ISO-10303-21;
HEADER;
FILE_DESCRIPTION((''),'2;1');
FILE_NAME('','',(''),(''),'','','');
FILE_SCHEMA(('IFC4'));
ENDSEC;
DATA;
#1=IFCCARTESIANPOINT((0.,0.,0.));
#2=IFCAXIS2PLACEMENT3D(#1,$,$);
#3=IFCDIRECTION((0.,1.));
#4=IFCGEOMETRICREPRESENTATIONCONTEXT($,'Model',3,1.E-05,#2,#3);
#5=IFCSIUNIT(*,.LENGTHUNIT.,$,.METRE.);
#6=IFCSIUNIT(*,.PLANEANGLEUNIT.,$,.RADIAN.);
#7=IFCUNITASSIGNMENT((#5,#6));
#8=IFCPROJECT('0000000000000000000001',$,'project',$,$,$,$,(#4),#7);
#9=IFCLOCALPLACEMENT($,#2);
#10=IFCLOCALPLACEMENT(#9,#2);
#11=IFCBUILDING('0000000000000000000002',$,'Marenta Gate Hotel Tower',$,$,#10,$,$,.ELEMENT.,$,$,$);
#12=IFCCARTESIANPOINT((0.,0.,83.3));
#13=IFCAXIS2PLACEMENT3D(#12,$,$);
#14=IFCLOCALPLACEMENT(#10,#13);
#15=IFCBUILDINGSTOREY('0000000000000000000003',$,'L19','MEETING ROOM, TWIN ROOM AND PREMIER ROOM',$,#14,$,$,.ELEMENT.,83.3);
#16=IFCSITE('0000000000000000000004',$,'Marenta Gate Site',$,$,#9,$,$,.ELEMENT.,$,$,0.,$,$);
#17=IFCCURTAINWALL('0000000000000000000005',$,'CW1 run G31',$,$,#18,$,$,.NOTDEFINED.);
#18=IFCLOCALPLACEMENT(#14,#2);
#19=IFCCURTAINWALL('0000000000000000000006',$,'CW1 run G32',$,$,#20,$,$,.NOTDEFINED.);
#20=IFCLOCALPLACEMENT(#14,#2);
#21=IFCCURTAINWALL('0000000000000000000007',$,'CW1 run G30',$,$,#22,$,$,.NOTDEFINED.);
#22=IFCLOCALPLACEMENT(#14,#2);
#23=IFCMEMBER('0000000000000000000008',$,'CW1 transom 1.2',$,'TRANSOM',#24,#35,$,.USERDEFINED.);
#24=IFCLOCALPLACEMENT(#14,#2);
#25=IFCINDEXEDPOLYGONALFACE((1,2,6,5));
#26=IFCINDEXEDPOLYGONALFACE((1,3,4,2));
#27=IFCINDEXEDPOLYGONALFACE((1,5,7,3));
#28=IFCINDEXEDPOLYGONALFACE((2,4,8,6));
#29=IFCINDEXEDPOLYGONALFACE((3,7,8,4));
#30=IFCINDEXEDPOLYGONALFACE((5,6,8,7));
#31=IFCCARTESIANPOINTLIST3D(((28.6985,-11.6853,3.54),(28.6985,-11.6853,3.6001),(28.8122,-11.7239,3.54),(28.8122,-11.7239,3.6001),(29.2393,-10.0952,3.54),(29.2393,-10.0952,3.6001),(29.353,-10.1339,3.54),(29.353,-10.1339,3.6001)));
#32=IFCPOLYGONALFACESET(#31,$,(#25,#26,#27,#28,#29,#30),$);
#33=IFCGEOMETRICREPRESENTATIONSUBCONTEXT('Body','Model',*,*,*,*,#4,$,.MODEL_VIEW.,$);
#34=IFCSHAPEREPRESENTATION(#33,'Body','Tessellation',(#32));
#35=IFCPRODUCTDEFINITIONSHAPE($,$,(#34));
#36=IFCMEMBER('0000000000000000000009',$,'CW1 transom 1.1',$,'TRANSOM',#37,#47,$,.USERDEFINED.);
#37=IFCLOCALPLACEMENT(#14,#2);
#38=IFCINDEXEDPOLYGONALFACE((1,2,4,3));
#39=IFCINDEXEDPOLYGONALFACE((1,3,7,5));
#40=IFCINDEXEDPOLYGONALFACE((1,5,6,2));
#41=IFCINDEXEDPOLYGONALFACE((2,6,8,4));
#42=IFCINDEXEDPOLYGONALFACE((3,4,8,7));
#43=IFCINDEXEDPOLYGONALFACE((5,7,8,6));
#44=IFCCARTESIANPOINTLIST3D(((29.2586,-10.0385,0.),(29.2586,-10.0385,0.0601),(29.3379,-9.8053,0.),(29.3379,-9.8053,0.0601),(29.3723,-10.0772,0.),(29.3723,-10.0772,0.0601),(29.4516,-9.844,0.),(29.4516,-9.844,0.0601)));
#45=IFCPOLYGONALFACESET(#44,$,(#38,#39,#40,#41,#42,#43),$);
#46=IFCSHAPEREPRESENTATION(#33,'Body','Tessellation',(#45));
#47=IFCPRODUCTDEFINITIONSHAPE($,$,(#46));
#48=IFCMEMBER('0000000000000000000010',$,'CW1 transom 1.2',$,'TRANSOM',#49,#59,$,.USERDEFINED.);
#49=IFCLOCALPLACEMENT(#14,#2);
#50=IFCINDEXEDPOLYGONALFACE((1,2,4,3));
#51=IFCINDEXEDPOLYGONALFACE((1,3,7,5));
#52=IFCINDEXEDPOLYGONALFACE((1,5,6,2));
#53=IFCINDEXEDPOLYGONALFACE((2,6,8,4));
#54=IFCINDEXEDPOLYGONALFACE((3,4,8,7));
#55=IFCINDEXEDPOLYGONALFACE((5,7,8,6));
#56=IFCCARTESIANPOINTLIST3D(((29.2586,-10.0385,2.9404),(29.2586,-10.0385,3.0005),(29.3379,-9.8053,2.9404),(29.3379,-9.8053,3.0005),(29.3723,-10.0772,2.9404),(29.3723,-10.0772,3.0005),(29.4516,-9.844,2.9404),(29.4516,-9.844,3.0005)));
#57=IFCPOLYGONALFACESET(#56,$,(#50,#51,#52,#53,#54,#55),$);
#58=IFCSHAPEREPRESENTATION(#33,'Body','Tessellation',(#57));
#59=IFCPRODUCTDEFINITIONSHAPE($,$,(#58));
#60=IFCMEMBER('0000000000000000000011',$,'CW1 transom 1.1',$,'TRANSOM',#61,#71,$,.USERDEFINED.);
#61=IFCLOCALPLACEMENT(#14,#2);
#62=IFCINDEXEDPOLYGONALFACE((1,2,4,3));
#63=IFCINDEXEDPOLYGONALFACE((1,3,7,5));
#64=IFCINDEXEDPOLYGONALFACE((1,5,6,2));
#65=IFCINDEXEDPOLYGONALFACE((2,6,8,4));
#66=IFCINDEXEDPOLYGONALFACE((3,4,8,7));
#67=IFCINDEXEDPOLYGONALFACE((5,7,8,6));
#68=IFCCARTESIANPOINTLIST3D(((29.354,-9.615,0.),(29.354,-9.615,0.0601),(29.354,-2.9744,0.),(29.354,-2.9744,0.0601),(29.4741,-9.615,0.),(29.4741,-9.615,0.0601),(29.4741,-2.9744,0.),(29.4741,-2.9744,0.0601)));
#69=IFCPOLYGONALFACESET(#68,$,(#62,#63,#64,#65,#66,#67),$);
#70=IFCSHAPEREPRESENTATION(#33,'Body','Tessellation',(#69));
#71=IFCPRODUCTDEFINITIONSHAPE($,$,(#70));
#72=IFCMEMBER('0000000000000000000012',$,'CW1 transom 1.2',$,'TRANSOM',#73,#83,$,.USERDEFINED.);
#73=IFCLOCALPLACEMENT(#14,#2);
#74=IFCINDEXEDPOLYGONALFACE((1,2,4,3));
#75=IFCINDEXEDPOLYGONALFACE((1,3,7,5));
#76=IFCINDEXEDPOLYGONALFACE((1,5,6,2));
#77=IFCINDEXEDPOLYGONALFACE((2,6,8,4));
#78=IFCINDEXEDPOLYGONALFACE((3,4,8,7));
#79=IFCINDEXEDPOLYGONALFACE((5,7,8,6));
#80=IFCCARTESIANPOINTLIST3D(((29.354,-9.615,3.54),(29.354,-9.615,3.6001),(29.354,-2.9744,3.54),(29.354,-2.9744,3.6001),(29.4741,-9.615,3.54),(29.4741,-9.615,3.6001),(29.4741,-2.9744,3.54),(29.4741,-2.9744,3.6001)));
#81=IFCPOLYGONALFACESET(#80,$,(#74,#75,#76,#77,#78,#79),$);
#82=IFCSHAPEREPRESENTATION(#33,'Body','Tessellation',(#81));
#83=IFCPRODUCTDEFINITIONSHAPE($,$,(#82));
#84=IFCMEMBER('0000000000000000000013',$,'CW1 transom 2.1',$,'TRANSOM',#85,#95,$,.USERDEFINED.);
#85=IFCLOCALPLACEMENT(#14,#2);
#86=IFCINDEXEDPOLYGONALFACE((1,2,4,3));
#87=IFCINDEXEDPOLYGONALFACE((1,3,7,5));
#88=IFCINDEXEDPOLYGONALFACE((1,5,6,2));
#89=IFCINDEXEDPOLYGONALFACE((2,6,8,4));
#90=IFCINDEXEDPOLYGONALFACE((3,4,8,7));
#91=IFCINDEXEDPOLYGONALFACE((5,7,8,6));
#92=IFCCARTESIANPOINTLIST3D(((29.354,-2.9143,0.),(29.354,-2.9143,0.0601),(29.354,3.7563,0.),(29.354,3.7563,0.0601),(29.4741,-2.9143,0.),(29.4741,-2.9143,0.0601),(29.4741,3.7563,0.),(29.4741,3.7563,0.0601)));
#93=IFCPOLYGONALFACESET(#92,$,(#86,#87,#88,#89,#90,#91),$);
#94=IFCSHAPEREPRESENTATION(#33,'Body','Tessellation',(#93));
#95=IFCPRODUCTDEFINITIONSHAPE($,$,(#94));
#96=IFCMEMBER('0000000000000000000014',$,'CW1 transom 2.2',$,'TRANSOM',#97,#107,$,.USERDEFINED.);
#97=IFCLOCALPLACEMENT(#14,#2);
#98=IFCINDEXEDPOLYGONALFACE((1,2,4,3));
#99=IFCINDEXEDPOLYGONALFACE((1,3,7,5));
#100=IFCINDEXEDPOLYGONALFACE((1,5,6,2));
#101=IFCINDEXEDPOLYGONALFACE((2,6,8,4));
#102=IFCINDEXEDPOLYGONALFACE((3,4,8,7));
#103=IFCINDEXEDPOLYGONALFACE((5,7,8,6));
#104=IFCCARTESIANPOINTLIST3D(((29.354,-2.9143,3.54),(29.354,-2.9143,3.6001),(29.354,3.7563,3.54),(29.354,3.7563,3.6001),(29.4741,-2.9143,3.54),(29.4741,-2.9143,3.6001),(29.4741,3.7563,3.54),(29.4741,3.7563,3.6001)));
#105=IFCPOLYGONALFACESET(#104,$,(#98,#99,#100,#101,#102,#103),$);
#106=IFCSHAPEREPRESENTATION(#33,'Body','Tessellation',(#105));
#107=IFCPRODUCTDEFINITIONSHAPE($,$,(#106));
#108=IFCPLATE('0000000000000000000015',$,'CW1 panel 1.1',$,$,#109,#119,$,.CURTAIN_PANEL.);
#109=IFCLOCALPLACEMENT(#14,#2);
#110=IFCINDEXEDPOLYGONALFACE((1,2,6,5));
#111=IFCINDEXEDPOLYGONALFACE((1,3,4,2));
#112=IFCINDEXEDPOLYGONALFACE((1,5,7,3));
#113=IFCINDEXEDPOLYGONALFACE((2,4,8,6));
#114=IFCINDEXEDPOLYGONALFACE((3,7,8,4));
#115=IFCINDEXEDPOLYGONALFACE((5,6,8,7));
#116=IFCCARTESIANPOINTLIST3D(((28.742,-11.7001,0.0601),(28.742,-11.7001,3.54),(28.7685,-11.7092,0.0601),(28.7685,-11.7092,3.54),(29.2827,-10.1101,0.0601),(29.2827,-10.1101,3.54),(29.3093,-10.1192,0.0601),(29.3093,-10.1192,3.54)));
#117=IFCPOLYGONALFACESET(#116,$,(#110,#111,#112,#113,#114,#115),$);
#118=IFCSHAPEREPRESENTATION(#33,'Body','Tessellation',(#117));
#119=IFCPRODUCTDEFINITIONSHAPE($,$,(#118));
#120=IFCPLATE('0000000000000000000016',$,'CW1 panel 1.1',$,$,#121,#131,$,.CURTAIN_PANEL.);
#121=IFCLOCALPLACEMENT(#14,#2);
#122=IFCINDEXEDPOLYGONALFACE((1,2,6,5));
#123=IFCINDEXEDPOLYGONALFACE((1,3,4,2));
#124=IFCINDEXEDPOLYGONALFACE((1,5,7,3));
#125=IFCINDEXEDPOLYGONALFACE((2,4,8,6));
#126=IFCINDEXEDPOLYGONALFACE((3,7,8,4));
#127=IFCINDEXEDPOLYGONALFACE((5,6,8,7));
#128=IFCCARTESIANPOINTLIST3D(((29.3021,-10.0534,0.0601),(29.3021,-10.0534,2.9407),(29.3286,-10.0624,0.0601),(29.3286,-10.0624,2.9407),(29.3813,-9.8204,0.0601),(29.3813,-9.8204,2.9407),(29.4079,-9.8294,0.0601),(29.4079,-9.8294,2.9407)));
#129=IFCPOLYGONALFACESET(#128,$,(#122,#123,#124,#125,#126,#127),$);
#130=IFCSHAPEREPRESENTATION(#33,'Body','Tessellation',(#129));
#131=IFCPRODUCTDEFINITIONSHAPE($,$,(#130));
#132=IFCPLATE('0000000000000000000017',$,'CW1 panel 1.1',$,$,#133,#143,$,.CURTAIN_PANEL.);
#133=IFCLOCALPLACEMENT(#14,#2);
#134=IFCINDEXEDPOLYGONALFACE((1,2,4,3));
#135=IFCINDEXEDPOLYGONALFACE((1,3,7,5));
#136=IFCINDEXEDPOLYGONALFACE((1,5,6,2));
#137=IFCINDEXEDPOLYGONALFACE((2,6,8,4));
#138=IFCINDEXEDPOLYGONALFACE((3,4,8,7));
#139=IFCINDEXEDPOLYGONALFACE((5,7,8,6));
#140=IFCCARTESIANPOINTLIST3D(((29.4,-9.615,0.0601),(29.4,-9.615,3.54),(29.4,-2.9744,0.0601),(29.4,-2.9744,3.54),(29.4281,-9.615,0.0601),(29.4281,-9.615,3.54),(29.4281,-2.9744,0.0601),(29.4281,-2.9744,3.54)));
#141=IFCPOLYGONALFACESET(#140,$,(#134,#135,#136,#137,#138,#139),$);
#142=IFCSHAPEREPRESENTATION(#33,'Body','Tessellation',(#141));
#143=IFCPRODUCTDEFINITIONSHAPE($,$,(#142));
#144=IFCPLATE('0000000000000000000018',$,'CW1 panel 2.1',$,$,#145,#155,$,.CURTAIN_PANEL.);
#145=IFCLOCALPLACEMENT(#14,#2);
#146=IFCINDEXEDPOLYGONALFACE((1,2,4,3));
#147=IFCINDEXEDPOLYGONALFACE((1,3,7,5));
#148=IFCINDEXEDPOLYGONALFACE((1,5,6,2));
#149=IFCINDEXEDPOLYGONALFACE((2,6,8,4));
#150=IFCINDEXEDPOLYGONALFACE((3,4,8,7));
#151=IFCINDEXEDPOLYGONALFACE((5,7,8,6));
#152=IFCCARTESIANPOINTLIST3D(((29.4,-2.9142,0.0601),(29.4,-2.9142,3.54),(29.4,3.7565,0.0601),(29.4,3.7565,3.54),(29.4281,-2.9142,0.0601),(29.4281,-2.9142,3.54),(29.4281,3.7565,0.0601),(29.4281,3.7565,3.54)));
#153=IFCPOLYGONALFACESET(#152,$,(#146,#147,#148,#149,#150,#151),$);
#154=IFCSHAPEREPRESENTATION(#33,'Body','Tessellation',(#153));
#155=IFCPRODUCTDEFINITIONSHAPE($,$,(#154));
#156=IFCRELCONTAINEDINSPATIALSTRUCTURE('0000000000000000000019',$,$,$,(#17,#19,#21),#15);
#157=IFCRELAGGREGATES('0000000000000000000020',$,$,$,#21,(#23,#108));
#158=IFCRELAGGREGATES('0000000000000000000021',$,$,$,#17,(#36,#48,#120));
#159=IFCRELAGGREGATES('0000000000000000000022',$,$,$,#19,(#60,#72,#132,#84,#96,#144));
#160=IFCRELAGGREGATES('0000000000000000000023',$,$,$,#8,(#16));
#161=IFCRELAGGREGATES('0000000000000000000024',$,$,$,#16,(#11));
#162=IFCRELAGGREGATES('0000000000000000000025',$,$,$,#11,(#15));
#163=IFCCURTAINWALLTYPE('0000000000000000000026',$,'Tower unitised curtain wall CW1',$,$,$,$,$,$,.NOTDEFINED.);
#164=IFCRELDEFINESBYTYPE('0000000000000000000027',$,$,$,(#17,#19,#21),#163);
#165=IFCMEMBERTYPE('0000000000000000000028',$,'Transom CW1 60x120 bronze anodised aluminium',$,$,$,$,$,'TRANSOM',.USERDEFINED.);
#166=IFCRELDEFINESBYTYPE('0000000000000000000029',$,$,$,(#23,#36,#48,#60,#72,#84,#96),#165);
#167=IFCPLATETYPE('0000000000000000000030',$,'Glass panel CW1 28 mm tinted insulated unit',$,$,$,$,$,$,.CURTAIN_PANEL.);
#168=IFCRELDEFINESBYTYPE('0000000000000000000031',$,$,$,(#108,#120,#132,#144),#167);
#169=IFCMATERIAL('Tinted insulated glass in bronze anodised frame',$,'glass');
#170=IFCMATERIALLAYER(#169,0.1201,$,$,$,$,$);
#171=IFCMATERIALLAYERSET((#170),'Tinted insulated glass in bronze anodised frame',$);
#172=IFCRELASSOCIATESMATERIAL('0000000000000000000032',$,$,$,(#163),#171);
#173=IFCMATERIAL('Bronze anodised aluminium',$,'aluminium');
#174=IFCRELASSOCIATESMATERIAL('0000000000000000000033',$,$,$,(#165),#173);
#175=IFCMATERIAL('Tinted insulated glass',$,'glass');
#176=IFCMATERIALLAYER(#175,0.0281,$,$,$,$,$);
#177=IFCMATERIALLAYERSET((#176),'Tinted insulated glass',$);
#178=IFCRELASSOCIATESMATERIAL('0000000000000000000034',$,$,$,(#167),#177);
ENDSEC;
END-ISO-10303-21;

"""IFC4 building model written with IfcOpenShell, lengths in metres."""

from ifc_helpers import new_model, si_unit, direction, frame, origin, origin_2d, place, context, subcontext, project, spatial, rectangle, extrude, material, layer, layer_set, material_profile, profile_set, type_object, element, aggregate, save


model = new_model("IFC4")

# Units and contexts
model_context = context("Model", 3, precision=1e-05, world=origin(), true_north=direction((0.0, 1.0)))
body_context = subcontext(model_context, "Body", "Model", "MODEL_VIEW")
ifc_project = project(units=[si_unit("LENGTHUNIT", "METRE"), si_unit("PLANEANGLEUNIT", "RADIAN")], contexts=[model_context])

# Site, building, storey
site_placement = place(None, origin())
site = spatial("IfcSite", under=ifc_project, at=site_placement, Name="Marenta Gate Site", CompositionType="ELEMENT", RefElevation=0.0)
building_placement = place(site_placement, origin())
building = spatial("IfcBuilding", under=site, at=building_placement, Name="Marenta Gate Hotel Tower", CompositionType="ELEMENT")
storey_placement = place(building_placement, frame((0.0, 0.0, 83.3)))
storey = spatial("IfcBuildingStorey", under=building, at=storey_placement, Name="L19", Description="MEETING ROOM, TWIN ROOM AND PREMIER ROOM", CompositionType="ELEMENT", Elevation=83.3)

# Curtain walls, member
ifc_material_1 = material(Name="Tinted insulated glass in bronze anodised frame", Category="glass")
ifc_layer_1 = layer(ifc_material_1, 0.1201)
ifc_layer_set_1 = layer_set([ifc_layer_1], Name="Tinted insulated glass in bronze anodised frame")
curtain_wall_type = type_object("IfcCurtainWallType", Name="Tower unitised curtain wall CW1", PredefinedType="NOTDEFINED", material=ifc_layer_set_1)
curtain_wall_1_placement = place(storey_placement, origin())
curtain_wall_1 = element("IfcCurtainWall", 1, at=curtain_wall_1_placement, inside=storey, type_object=curtain_wall_type, Name="CW1 run G31", PredefinedType="NOTDEFINED")
curtain_wall_2_placement = place(storey_placement, origin())
curtain_wall_2 = element("IfcCurtainWall", 2, at=curtain_wall_2_placement, inside=storey, type_object=curtain_wall_type, Name="CW1 run G32", PredefinedType="NOTDEFINED")
curtain_wall_3_placement = place(storey_placement, origin())
curtain_wall_3 = element("IfcCurtainWall", 3, at=curtain_wall_3_placement, inside=storey, type_object=curtain_wall_type, Name="CW1 run G30", PredefinedType="NOTDEFINED")
ifc_material_2 = material(Name="Bronze anodised aluminium", Category="aluminium")
ifc_material_profile_1 = material_profile(ifc_material_2, rectangle(XDim=0.1201, YDim=0.0601, at=origin_2d()), Name="Transom CW1 60x120 bronze anodised aluminium")
ifc_profile_set_1 = profile_set([ifc_material_profile_1], Name="Bronze anodised aluminium")
member_type_1 = type_object("IfcMemberType", Name="Transom CW1 60x120 bronze anodised aluminium", ElementType="TRANSOM", PredefinedType="USERDEFINED", material=ifc_profile_set_1)
member_1_placement = place(storey_placement, frame((28.7554, -11.7046, 3.5701), z_axis=(0.321978, 0.946747, 0.0), x_axis=(-0.946747, 0.321978, 0.0)))
member_1 = element("IfcMember", 4, at=member_1_placement, type_object=member_type_1, Name="CW1 transom 1.2", ObjectType="TRANSOM", PredefinedType="USERDEFINED", context=body_context, shape_type="SweptSolid", body=[
    extrude(rectangle(XDim=0.1201, YDim=0.0601, at=origin_2d()), origin(), (0.0, 0.0, 1.0), 1.6794),
])

# Members
member_2_placement = place(storey_placement, frame((29.3154, -10.0579, 0.03), z_axis=(0.322169, 0.946682, 0.0), x_axis=(-0.946682, 0.322169, 0.0)))
member_2 = element("IfcMember", 5, at=member_2_placement, type_object=member_type_1, Name="CW1 transom 1.1", ObjectType="TRANSOM", PredefinedType="USERDEFINED", context=body_context, shape_type="SweptSolid", body=[
    extrude(rectangle(XDim=0.1201, YDim=0.0601, at=origin_2d()), origin(), (0.0, 0.0, 1.0), 0.2463),
])
member_3_placement = place(storey_placement, frame((29.3154, -10.0579, 2.9705), z_axis=(0.322169, 0.946682, 0.0), x_axis=(-0.946682, 0.322169, 0.0)))
member_3 = element("IfcMember", 6, at=member_3_placement, type_object=member_type_1, Name="CW1 transom 1.2", ObjectType="TRANSOM", PredefinedType="USERDEFINED", context=body_context, shape_type="SweptSolid", body=[
    extrude(rectangle(XDim=0.1201, YDim=0.0601, at=origin_2d()), origin(), (0.0, 0.0, 1.0), 0.2463),
])
member_4_placement = place(storey_placement, frame((29.4141, -9.615, 0.03), z_axis=(0.0, 1.0, 0.0), x_axis=(-1.0, 0.0, 0.0)))
member_4 = element("IfcMember", 7, at=member_4_placement, type_object=member_type_1, Name="CW1 transom 1.1", ObjectType="TRANSOM", PredefinedType="USERDEFINED", context=body_context, shape_type="SweptSolid", body=[
    extrude(rectangle(XDim=0.1201, YDim=0.0601, at=origin_2d()), origin(), (0.0, 0.0, 1.0), 6.6406),
])
member_5_placement = place(storey_placement, frame((29.4141, -9.615, 3.5701), z_axis=(0.0, 1.0, 0.0), x_axis=(-1.0, 0.0, 0.0)))
member_5 = element("IfcMember", 8, at=member_5_placement, type_object=member_type_1, Name="CW1 transom 1.2", ObjectType="TRANSOM", PredefinedType="USERDEFINED", context=body_context, shape_type="SweptSolid", body=[
    extrude(rectangle(XDim=0.1201, YDim=0.0601, at=origin_2d()), origin(), (0.0, 0.0, 1.0), 6.6406),
])
member_6_placement = place(storey_placement, frame((29.4141, -2.9143, 0.03), z_axis=(0.0, 1.0, 0.0), x_axis=(-1.0, 0.0, 0.0)))
member_6 = element("IfcMember", 9, at=member_6_placement, type_object=member_type_1, Name="CW1 transom 2.1", ObjectType="TRANSOM", PredefinedType="USERDEFINED", context=body_context, shape_type="SweptSolid", body=[
    extrude(rectangle(XDim=0.1201, YDim=0.0601, at=origin_2d()), origin(), (0.0, 0.0, 1.0), 6.6707),
])
member_7_placement = place(storey_placement, frame((29.4141, -2.9143, 3.5701), z_axis=(0.0, 1.0, 0.0), x_axis=(-1.0, 0.0, 0.0)))
member_7 = element("IfcMember", 10, at=member_7_placement, type_object=member_type_1, Name="CW1 transom 2.2", ObjectType="TRANSOM", PredefinedType="USERDEFINED", context=body_context, shape_type="SweptSolid", body=[
    extrude(rectangle(XDim=0.1201, YDim=0.0601, at=origin_2d()), origin(), (0.0, 0.0, 1.0), 6.6707),
])

# Plates
ifc_material_3 = material(Name="Tinted insulated glass", Category="glass")
ifc_layer_2 = layer(ifc_material_3, 0.0281)
ifc_layer_set_2 = layer_set([ifc_layer_2], Name="Tinted insulated glass")
plate_type = type_object("IfcPlateType", Name="Glass panel CW1 28 mm tinted insulated unit", PredefinedType="CURTAIN_PANEL", material=ifc_layer_set_2)
plate_1_placement = place(storey_placement, frame((29.0256, -10.9097, 0.0601), z_axis=(0.0, 0.0, 1.0), x_axis=(0.322, 0.94674, 0.0)))
plate_1 = element("IfcPlate", 11, at=plate_1_placement, type_object=plate_type, Name="CW1 panel 1.1", PredefinedType="CURTAIN_PANEL", context=body_context, shape_type="SweptSolid", body=[
    extrude(rectangle(XDim=1.6794, YDim=0.0281, at=origin_2d()), origin(), (0.0, 0.0, 1.0), 3.48),
])
aggregate(curtain_wall_3, [member_1, plate_1])
plate_2_placement = place(storey_placement, frame((29.355, -9.9414, 0.0601), z_axis=(0.0, 0.0, 1.0), x_axis=(0.32204, 0.946726, 0.0)))
plate_2 = element("IfcPlate", 12, at=plate_2_placement, type_object=plate_type, Name="CW1 panel 1.1", PredefinedType="CURTAIN_PANEL", context=body_context, shape_type="SweptSolid", body=[
    extrude(rectangle(XDim=0.2461, YDim=0.0281, at=origin_2d()), origin(), (0.0, 0.0, 1.0), 2.8806),
])
aggregate(curtain_wall_1, [member_2, member_3, plate_2])
plate_3_placement = place(storey_placement, frame((29.4141, -6.2947, 0.0601), z_axis=(0.0, 0.0, 1.0), x_axis=(0.0, 1.0, 0.0)))
plate_3 = element("IfcPlate", 13, at=plate_3_placement, type_object=plate_type, Name="CW1 panel 1.1", PredefinedType="CURTAIN_PANEL", context=body_context, shape_type="SweptSolid", body=[
    extrude(rectangle(XDim=6.6406, YDim=0.0281, at=origin_2d()), origin(), (0.0, 0.0, 1.0), 3.48),
])
plate_4_placement = place(storey_placement, frame((29.4141, 0.4211, 0.0601), z_axis=(0.0, 0.0, 1.0), x_axis=(0.0, 1.0, 0.0)))
plate_4 = element("IfcPlate", 14, at=plate_4_placement, type_object=plate_type, Name="CW1 panel 2.1", PredefinedType="CURTAIN_PANEL", context=body_context, shape_type="SweptSolid", body=[
    extrude(rectangle(XDim=6.6707, YDim=0.0281, at=origin_2d()), origin(), (0.0, 0.0, 1.0), 3.48),
])
aggregate(curtain_wall_2, [member_4, member_5, plate_3, member_6, member_7, plate_4])

save(model, "model.ifc")
